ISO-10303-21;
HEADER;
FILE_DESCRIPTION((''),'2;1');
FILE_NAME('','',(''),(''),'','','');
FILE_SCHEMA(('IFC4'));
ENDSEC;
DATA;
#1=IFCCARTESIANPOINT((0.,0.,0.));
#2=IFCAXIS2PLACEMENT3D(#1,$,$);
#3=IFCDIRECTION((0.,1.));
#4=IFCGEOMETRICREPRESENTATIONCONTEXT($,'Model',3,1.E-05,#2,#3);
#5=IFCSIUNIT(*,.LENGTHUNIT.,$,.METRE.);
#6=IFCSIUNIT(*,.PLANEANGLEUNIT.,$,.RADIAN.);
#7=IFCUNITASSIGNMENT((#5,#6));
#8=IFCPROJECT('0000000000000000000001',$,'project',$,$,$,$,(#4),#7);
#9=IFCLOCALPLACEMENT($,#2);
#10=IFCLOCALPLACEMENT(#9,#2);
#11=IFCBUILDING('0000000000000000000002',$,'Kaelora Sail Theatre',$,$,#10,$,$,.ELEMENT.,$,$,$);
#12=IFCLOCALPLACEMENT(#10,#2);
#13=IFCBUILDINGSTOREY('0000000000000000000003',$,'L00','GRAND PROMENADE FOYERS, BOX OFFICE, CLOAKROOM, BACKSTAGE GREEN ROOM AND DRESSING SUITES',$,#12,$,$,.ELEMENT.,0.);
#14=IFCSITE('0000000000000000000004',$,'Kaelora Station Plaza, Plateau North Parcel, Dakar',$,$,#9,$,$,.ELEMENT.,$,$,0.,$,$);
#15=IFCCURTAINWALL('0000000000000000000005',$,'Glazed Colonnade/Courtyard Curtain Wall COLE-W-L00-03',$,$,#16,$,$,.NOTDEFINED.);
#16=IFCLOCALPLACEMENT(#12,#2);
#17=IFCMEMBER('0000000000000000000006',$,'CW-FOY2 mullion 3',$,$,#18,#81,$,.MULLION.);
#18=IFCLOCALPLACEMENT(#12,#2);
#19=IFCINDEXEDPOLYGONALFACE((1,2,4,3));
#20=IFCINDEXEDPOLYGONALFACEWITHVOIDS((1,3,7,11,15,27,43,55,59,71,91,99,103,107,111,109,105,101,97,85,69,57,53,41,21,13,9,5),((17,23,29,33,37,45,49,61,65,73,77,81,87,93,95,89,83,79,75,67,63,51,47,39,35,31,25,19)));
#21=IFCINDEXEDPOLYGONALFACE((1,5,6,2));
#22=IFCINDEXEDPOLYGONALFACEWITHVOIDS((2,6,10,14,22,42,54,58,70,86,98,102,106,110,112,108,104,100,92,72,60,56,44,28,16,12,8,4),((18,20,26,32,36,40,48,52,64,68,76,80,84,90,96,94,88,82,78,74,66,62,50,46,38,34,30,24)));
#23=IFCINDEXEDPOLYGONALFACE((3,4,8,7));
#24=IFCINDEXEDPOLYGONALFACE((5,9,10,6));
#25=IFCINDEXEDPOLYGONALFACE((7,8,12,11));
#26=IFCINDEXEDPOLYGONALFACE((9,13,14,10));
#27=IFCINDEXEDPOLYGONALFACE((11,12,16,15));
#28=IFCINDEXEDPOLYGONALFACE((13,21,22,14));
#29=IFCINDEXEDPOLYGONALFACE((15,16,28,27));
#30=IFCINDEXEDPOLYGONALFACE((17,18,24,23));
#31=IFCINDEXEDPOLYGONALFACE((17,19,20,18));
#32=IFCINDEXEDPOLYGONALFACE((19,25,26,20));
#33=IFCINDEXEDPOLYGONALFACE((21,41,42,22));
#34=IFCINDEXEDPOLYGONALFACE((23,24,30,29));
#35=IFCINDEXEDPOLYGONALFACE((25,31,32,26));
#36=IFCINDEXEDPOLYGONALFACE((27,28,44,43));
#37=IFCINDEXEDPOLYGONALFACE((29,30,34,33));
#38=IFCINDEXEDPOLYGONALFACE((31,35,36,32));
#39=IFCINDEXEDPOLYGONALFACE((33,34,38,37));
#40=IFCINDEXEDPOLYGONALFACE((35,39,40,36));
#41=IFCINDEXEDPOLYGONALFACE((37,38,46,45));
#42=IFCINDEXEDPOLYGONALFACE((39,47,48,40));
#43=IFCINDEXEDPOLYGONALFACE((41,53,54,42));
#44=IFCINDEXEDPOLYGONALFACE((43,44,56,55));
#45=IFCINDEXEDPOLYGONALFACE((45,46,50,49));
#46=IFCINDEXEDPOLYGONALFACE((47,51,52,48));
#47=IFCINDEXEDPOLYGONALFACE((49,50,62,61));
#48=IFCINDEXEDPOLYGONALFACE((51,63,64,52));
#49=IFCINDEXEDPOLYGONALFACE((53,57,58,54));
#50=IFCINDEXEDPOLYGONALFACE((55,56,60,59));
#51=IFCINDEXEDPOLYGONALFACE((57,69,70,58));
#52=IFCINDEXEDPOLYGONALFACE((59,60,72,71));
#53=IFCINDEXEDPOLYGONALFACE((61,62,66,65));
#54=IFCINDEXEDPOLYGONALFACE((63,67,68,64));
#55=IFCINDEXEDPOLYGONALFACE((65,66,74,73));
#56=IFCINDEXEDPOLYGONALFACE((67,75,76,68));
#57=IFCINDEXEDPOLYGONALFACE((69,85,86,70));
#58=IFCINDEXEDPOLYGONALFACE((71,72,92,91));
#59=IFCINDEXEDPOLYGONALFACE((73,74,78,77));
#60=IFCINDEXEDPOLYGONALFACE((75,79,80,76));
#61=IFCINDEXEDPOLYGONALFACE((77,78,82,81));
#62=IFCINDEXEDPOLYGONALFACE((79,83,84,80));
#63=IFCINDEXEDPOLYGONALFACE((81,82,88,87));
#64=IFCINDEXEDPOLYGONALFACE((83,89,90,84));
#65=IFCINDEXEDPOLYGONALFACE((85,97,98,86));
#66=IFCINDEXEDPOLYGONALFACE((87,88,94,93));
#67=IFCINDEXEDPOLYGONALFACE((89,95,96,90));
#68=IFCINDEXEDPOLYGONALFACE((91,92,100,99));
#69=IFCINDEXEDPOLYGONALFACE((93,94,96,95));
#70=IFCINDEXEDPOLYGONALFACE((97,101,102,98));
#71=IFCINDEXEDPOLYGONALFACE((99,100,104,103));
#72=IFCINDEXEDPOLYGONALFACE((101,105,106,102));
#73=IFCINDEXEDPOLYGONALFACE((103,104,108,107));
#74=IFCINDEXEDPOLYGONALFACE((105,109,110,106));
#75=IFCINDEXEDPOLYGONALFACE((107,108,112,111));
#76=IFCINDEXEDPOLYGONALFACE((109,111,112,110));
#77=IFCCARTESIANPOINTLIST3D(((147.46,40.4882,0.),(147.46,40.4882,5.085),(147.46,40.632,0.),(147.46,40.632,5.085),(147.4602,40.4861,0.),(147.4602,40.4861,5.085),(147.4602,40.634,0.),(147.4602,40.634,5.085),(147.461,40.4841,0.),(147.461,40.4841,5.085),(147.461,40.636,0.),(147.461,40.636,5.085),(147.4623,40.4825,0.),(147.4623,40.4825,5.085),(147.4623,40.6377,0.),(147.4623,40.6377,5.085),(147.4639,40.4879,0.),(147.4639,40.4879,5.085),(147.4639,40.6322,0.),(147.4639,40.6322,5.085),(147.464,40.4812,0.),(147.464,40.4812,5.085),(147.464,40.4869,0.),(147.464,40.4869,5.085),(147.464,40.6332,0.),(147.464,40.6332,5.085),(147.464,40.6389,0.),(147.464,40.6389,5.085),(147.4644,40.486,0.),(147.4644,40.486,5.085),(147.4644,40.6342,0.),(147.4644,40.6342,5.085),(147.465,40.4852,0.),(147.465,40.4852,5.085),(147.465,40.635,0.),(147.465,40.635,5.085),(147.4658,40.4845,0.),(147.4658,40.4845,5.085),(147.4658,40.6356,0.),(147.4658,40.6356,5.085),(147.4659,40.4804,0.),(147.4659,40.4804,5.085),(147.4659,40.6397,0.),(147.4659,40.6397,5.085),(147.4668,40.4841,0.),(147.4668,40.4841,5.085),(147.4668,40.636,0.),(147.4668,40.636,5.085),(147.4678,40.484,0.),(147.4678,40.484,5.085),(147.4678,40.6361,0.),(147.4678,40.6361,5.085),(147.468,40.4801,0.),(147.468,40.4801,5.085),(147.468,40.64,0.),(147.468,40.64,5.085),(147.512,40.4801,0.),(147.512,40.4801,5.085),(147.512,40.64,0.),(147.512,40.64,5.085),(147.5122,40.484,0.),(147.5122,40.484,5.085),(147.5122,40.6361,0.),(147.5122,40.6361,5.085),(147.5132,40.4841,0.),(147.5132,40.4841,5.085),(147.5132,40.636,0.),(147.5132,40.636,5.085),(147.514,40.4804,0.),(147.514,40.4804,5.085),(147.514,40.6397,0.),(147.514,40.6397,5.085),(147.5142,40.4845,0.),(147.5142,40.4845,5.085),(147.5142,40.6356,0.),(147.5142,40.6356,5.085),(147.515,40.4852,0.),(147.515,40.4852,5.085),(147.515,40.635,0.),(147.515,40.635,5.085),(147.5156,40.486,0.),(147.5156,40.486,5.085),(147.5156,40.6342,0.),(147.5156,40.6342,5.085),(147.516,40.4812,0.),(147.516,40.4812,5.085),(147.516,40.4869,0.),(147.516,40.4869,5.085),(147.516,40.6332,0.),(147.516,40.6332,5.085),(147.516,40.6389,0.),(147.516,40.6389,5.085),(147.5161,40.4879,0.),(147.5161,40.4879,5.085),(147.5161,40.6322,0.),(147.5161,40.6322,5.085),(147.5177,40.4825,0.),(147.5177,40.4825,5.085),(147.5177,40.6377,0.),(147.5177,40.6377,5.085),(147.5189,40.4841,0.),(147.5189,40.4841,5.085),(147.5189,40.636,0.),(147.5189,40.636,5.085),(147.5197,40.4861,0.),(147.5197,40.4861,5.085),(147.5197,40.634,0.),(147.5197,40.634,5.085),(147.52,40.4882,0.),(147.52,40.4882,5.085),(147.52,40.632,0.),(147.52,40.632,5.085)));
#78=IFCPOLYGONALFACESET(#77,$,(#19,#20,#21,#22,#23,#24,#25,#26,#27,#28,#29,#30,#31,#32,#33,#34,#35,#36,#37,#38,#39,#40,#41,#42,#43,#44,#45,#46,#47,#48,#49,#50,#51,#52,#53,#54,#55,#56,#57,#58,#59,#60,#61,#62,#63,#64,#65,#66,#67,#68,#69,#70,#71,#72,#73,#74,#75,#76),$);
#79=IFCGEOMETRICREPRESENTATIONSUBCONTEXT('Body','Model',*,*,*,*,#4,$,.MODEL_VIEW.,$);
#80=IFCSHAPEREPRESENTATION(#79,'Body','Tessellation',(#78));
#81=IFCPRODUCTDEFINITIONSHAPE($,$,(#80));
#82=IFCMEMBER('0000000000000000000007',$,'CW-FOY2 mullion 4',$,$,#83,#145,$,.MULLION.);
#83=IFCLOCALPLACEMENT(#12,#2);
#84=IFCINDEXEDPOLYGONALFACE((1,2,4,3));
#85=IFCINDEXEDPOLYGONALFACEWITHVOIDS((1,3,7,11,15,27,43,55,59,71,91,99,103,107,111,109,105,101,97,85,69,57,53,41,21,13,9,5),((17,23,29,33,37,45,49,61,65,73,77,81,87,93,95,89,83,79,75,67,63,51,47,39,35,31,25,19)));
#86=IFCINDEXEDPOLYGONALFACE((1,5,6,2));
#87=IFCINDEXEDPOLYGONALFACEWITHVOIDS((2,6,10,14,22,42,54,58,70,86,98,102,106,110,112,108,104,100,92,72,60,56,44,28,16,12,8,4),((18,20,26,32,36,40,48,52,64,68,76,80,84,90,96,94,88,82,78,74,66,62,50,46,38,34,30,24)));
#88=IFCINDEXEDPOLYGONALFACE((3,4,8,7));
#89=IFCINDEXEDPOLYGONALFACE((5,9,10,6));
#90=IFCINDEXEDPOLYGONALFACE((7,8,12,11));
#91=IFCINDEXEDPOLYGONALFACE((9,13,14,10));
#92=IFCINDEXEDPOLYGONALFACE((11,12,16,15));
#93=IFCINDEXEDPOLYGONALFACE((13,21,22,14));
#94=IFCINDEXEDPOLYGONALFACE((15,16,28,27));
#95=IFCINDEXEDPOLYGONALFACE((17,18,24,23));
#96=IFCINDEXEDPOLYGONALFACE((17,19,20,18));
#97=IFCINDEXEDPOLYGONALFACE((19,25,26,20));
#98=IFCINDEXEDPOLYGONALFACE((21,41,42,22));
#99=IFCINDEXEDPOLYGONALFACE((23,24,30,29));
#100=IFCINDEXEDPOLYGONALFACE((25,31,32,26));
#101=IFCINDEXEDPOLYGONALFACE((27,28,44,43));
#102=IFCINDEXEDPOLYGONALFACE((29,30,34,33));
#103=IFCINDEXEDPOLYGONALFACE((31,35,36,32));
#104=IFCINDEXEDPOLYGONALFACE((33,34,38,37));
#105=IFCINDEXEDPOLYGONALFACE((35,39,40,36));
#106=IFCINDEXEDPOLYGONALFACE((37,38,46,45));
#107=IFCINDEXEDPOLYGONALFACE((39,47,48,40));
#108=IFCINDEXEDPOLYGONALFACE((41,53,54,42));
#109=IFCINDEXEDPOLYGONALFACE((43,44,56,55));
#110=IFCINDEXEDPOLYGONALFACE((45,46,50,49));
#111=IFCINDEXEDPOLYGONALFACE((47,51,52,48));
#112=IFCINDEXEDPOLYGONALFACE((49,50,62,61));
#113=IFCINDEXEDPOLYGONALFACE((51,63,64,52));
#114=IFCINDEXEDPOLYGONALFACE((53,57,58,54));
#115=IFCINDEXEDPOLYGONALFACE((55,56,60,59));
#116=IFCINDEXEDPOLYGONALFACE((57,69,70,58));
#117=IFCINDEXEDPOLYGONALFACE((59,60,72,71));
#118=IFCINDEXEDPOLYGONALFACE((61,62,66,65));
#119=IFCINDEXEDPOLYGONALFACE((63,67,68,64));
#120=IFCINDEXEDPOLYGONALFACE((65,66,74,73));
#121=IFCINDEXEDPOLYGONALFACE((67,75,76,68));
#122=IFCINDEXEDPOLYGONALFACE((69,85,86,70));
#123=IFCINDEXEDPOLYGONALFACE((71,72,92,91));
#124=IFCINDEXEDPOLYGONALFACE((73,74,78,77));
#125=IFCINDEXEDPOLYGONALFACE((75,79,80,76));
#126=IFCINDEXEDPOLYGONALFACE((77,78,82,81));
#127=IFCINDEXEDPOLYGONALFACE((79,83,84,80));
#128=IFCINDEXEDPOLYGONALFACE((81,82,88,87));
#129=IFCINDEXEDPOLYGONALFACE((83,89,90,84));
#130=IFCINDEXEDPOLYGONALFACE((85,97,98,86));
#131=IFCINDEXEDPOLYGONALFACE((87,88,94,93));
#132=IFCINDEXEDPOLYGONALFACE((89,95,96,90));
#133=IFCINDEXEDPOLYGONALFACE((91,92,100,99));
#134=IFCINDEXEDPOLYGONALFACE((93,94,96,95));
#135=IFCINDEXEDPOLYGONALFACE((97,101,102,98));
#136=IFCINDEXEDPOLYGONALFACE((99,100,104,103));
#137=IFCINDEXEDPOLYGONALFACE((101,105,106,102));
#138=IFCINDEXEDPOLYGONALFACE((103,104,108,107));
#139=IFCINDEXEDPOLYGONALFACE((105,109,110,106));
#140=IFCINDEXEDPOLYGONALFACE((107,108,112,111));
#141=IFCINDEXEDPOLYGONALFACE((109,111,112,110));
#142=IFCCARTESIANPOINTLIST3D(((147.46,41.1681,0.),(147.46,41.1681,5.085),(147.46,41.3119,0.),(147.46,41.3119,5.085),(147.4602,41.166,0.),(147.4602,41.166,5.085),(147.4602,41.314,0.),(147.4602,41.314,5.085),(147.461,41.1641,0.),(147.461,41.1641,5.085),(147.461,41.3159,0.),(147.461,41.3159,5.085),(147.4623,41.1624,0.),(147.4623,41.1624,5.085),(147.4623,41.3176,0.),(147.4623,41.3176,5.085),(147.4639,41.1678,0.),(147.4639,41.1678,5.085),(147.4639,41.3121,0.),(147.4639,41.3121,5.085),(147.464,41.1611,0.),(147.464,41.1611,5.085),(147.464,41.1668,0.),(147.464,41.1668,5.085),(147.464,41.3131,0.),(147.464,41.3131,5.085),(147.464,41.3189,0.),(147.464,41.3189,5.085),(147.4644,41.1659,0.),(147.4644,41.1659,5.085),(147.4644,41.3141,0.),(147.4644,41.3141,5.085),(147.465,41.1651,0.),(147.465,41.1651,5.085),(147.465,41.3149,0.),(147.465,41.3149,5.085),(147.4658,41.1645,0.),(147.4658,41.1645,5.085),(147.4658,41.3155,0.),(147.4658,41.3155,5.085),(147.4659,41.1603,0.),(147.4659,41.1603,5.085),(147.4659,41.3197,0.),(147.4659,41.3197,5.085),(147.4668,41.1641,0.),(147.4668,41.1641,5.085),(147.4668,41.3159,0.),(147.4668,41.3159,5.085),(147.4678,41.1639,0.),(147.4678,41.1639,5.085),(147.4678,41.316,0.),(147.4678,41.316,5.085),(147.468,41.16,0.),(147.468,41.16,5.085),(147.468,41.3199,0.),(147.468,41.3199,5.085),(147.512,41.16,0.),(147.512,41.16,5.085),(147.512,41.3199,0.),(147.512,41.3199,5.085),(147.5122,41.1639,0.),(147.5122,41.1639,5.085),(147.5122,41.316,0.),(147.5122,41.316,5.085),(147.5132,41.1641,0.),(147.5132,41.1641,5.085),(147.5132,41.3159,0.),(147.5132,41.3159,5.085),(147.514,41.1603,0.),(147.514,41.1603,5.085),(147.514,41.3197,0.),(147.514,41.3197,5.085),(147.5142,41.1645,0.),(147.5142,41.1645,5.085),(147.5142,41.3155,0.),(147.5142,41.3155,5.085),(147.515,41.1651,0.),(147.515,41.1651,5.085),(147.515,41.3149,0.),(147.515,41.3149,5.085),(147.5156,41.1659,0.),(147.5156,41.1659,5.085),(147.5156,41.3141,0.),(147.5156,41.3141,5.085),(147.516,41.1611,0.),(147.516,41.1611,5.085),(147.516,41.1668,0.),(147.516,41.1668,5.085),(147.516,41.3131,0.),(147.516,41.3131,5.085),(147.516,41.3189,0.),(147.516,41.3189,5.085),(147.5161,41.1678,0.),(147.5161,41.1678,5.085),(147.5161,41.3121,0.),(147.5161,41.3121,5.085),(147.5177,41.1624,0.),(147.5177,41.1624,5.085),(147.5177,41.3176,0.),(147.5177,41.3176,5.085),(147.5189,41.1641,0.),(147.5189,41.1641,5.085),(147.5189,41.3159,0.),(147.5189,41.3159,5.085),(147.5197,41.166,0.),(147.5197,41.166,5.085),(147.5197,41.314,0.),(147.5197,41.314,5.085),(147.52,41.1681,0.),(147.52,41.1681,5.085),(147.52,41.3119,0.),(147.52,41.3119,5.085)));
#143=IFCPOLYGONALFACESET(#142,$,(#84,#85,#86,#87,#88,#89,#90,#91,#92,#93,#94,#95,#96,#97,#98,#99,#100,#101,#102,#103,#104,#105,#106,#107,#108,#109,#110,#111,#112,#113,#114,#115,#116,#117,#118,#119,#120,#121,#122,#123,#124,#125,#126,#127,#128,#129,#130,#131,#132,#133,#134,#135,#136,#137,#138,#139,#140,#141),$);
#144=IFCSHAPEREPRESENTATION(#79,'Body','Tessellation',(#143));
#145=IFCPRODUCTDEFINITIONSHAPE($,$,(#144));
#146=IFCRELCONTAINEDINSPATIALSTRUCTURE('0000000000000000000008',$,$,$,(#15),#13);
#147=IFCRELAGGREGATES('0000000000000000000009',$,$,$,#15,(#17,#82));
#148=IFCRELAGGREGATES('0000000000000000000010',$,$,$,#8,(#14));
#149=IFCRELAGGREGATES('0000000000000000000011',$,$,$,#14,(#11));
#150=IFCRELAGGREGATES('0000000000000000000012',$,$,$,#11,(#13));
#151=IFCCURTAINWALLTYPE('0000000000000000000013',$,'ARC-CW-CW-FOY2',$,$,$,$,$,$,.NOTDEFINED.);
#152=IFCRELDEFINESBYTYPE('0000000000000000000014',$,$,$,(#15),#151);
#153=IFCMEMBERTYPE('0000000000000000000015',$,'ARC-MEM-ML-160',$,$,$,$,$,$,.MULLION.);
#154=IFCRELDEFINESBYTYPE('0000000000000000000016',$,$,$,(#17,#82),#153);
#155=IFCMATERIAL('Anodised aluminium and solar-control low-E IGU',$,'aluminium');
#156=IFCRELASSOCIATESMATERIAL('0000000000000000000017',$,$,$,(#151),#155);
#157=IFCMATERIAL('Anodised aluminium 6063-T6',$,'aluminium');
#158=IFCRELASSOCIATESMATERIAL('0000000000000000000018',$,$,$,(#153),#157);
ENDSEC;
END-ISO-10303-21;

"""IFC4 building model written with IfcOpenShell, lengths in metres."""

from ifc_helpers import new_model, si_unit, direction, frame, origin, origin_2d, place, context, subcontext, project, spatial, hollow_rectangle, extrude, material, material_profile, profile_set, type_object, element, aggregate, save


model = new_model("IFC4")

# Units and contexts
model_context = context("Model", 3, precision=1e-05, world=origin(), true_north=direction((0.0, 1.0)))
body_context = subcontext(model_context, "Body", "Model", "MODEL_VIEW")
ifc_project = project(units=[si_unit("LENGTHUNIT", "METRE"), si_unit("PLANEANGLEUNIT", "RADIAN")], contexts=[model_context])

# Site, building, storey
site_placement = place(None, origin())
site = spatial("IfcSite", under=ifc_project, at=site_placement, Name="Kaelora Station Plaza, Plateau North Parcel, Dakar", CompositionType="ELEMENT", RefElevation=0.0)
building_placement = place(site_placement, origin())
building = spatial("IfcBuilding", under=site, at=building_placement, Name="Kaelora Sail Theatre", CompositionType="ELEMENT")
storey_placement = place(building_placement, origin())
storey = spatial("IfcBuildingStorey", under=building, at=storey_placement, Name="L00", Description="GRAND PROMENADE FOYERS, BOX OFFICE, CLOAKROOM, BACKSTAGE GREEN ROOM AND DRESSING SUITES", CompositionType="ELEMENT", Elevation=0.0)

# Curtain wall, members
ifc_material_1 = material(Name="Anodised aluminium and solar-control low-E IGU", Category="aluminium")
curtain_wall_type = type_object("IfcCurtainWallType", Name="ARC-CW-CW-FOY2", PredefinedType="NOTDEFINED", material=ifc_material_1)
curtain_wall_placement = place(storey_placement, origin())
curtain_wall = element("IfcCurtainWall", 1, at=curtain_wall_placement, inside=storey, type_object=curtain_wall_type, Name="Glazed Colonnade/Courtyard Curtain Wall COLE-W-L00-03", PredefinedType="NOTDEFINED")
ifc_material_2 = material(Name="Anodised aluminium 6063-T6", Category="aluminium")
ifc_material_profile_1 = material_profile(ifc_material_2, hollow_rectangle(XDim=0.0601, YDim=0.1599, WallThickness=0.0039, InnerFilletRadius=0.0039, OuterFilletRadius=0.0081, at=origin_2d()), Name="ALU-MULL 60x160x4")
ifc_profile_set_1 = profile_set([ifc_material_profile_1], Name="Anodised aluminium 6063-T6")
member_type_1 = type_object("IfcMemberType", Name="ARC-MEM-ML-160", PredefinedType="MULLION", material=ifc_profile_set_1)
member_1_placement = place(storey_placement, frame((147.49, 40.5601, 0.0), z_axis=(0.0, 0.0, 1.0), x_axis=(-1.0, 0.0, 0.0)))
member_1 = element("IfcMember", 2, at=member_1_placement, type_object=member_type_1, Name="CW-FOY2 mullion 3", PredefinedType="MULLION", context=body_context, shape_type="SweptSolid", body=[
    extrude(hollow_rectangle(XDim=0.0601, YDim=0.1599, WallThickness=0.0039, InnerFilletRadius=0.0039, OuterFilletRadius=0.0081, at=origin_2d()), origin(), (0.0, 0.0, 1.0), 5.085),
])
member_2_placement = place(storey_placement, frame((147.49, 41.24, 0.0), z_axis=(0.0, 0.0, 1.0), x_axis=(-1.0, 0.0, 0.0)))
member_2 = element("IfcMember", 3, at=member_2_placement, type_object=member_type_1, Name="CW-FOY2 mullion 4", PredefinedType="MULLION", context=body_context, shape_type="SweptSolid", body=[
    extrude(hollow_rectangle(XDim=0.0601, YDim=0.1599, WallThickness=0.0039, InnerFilletRadius=0.0039, OuterFilletRadius=0.0081, at=origin_2d()), origin(), (0.0, 0.0, 1.0), 5.085),
])

aggregate(curtain_wall, [member_1, member_2])

save(model, "model.ifc")
